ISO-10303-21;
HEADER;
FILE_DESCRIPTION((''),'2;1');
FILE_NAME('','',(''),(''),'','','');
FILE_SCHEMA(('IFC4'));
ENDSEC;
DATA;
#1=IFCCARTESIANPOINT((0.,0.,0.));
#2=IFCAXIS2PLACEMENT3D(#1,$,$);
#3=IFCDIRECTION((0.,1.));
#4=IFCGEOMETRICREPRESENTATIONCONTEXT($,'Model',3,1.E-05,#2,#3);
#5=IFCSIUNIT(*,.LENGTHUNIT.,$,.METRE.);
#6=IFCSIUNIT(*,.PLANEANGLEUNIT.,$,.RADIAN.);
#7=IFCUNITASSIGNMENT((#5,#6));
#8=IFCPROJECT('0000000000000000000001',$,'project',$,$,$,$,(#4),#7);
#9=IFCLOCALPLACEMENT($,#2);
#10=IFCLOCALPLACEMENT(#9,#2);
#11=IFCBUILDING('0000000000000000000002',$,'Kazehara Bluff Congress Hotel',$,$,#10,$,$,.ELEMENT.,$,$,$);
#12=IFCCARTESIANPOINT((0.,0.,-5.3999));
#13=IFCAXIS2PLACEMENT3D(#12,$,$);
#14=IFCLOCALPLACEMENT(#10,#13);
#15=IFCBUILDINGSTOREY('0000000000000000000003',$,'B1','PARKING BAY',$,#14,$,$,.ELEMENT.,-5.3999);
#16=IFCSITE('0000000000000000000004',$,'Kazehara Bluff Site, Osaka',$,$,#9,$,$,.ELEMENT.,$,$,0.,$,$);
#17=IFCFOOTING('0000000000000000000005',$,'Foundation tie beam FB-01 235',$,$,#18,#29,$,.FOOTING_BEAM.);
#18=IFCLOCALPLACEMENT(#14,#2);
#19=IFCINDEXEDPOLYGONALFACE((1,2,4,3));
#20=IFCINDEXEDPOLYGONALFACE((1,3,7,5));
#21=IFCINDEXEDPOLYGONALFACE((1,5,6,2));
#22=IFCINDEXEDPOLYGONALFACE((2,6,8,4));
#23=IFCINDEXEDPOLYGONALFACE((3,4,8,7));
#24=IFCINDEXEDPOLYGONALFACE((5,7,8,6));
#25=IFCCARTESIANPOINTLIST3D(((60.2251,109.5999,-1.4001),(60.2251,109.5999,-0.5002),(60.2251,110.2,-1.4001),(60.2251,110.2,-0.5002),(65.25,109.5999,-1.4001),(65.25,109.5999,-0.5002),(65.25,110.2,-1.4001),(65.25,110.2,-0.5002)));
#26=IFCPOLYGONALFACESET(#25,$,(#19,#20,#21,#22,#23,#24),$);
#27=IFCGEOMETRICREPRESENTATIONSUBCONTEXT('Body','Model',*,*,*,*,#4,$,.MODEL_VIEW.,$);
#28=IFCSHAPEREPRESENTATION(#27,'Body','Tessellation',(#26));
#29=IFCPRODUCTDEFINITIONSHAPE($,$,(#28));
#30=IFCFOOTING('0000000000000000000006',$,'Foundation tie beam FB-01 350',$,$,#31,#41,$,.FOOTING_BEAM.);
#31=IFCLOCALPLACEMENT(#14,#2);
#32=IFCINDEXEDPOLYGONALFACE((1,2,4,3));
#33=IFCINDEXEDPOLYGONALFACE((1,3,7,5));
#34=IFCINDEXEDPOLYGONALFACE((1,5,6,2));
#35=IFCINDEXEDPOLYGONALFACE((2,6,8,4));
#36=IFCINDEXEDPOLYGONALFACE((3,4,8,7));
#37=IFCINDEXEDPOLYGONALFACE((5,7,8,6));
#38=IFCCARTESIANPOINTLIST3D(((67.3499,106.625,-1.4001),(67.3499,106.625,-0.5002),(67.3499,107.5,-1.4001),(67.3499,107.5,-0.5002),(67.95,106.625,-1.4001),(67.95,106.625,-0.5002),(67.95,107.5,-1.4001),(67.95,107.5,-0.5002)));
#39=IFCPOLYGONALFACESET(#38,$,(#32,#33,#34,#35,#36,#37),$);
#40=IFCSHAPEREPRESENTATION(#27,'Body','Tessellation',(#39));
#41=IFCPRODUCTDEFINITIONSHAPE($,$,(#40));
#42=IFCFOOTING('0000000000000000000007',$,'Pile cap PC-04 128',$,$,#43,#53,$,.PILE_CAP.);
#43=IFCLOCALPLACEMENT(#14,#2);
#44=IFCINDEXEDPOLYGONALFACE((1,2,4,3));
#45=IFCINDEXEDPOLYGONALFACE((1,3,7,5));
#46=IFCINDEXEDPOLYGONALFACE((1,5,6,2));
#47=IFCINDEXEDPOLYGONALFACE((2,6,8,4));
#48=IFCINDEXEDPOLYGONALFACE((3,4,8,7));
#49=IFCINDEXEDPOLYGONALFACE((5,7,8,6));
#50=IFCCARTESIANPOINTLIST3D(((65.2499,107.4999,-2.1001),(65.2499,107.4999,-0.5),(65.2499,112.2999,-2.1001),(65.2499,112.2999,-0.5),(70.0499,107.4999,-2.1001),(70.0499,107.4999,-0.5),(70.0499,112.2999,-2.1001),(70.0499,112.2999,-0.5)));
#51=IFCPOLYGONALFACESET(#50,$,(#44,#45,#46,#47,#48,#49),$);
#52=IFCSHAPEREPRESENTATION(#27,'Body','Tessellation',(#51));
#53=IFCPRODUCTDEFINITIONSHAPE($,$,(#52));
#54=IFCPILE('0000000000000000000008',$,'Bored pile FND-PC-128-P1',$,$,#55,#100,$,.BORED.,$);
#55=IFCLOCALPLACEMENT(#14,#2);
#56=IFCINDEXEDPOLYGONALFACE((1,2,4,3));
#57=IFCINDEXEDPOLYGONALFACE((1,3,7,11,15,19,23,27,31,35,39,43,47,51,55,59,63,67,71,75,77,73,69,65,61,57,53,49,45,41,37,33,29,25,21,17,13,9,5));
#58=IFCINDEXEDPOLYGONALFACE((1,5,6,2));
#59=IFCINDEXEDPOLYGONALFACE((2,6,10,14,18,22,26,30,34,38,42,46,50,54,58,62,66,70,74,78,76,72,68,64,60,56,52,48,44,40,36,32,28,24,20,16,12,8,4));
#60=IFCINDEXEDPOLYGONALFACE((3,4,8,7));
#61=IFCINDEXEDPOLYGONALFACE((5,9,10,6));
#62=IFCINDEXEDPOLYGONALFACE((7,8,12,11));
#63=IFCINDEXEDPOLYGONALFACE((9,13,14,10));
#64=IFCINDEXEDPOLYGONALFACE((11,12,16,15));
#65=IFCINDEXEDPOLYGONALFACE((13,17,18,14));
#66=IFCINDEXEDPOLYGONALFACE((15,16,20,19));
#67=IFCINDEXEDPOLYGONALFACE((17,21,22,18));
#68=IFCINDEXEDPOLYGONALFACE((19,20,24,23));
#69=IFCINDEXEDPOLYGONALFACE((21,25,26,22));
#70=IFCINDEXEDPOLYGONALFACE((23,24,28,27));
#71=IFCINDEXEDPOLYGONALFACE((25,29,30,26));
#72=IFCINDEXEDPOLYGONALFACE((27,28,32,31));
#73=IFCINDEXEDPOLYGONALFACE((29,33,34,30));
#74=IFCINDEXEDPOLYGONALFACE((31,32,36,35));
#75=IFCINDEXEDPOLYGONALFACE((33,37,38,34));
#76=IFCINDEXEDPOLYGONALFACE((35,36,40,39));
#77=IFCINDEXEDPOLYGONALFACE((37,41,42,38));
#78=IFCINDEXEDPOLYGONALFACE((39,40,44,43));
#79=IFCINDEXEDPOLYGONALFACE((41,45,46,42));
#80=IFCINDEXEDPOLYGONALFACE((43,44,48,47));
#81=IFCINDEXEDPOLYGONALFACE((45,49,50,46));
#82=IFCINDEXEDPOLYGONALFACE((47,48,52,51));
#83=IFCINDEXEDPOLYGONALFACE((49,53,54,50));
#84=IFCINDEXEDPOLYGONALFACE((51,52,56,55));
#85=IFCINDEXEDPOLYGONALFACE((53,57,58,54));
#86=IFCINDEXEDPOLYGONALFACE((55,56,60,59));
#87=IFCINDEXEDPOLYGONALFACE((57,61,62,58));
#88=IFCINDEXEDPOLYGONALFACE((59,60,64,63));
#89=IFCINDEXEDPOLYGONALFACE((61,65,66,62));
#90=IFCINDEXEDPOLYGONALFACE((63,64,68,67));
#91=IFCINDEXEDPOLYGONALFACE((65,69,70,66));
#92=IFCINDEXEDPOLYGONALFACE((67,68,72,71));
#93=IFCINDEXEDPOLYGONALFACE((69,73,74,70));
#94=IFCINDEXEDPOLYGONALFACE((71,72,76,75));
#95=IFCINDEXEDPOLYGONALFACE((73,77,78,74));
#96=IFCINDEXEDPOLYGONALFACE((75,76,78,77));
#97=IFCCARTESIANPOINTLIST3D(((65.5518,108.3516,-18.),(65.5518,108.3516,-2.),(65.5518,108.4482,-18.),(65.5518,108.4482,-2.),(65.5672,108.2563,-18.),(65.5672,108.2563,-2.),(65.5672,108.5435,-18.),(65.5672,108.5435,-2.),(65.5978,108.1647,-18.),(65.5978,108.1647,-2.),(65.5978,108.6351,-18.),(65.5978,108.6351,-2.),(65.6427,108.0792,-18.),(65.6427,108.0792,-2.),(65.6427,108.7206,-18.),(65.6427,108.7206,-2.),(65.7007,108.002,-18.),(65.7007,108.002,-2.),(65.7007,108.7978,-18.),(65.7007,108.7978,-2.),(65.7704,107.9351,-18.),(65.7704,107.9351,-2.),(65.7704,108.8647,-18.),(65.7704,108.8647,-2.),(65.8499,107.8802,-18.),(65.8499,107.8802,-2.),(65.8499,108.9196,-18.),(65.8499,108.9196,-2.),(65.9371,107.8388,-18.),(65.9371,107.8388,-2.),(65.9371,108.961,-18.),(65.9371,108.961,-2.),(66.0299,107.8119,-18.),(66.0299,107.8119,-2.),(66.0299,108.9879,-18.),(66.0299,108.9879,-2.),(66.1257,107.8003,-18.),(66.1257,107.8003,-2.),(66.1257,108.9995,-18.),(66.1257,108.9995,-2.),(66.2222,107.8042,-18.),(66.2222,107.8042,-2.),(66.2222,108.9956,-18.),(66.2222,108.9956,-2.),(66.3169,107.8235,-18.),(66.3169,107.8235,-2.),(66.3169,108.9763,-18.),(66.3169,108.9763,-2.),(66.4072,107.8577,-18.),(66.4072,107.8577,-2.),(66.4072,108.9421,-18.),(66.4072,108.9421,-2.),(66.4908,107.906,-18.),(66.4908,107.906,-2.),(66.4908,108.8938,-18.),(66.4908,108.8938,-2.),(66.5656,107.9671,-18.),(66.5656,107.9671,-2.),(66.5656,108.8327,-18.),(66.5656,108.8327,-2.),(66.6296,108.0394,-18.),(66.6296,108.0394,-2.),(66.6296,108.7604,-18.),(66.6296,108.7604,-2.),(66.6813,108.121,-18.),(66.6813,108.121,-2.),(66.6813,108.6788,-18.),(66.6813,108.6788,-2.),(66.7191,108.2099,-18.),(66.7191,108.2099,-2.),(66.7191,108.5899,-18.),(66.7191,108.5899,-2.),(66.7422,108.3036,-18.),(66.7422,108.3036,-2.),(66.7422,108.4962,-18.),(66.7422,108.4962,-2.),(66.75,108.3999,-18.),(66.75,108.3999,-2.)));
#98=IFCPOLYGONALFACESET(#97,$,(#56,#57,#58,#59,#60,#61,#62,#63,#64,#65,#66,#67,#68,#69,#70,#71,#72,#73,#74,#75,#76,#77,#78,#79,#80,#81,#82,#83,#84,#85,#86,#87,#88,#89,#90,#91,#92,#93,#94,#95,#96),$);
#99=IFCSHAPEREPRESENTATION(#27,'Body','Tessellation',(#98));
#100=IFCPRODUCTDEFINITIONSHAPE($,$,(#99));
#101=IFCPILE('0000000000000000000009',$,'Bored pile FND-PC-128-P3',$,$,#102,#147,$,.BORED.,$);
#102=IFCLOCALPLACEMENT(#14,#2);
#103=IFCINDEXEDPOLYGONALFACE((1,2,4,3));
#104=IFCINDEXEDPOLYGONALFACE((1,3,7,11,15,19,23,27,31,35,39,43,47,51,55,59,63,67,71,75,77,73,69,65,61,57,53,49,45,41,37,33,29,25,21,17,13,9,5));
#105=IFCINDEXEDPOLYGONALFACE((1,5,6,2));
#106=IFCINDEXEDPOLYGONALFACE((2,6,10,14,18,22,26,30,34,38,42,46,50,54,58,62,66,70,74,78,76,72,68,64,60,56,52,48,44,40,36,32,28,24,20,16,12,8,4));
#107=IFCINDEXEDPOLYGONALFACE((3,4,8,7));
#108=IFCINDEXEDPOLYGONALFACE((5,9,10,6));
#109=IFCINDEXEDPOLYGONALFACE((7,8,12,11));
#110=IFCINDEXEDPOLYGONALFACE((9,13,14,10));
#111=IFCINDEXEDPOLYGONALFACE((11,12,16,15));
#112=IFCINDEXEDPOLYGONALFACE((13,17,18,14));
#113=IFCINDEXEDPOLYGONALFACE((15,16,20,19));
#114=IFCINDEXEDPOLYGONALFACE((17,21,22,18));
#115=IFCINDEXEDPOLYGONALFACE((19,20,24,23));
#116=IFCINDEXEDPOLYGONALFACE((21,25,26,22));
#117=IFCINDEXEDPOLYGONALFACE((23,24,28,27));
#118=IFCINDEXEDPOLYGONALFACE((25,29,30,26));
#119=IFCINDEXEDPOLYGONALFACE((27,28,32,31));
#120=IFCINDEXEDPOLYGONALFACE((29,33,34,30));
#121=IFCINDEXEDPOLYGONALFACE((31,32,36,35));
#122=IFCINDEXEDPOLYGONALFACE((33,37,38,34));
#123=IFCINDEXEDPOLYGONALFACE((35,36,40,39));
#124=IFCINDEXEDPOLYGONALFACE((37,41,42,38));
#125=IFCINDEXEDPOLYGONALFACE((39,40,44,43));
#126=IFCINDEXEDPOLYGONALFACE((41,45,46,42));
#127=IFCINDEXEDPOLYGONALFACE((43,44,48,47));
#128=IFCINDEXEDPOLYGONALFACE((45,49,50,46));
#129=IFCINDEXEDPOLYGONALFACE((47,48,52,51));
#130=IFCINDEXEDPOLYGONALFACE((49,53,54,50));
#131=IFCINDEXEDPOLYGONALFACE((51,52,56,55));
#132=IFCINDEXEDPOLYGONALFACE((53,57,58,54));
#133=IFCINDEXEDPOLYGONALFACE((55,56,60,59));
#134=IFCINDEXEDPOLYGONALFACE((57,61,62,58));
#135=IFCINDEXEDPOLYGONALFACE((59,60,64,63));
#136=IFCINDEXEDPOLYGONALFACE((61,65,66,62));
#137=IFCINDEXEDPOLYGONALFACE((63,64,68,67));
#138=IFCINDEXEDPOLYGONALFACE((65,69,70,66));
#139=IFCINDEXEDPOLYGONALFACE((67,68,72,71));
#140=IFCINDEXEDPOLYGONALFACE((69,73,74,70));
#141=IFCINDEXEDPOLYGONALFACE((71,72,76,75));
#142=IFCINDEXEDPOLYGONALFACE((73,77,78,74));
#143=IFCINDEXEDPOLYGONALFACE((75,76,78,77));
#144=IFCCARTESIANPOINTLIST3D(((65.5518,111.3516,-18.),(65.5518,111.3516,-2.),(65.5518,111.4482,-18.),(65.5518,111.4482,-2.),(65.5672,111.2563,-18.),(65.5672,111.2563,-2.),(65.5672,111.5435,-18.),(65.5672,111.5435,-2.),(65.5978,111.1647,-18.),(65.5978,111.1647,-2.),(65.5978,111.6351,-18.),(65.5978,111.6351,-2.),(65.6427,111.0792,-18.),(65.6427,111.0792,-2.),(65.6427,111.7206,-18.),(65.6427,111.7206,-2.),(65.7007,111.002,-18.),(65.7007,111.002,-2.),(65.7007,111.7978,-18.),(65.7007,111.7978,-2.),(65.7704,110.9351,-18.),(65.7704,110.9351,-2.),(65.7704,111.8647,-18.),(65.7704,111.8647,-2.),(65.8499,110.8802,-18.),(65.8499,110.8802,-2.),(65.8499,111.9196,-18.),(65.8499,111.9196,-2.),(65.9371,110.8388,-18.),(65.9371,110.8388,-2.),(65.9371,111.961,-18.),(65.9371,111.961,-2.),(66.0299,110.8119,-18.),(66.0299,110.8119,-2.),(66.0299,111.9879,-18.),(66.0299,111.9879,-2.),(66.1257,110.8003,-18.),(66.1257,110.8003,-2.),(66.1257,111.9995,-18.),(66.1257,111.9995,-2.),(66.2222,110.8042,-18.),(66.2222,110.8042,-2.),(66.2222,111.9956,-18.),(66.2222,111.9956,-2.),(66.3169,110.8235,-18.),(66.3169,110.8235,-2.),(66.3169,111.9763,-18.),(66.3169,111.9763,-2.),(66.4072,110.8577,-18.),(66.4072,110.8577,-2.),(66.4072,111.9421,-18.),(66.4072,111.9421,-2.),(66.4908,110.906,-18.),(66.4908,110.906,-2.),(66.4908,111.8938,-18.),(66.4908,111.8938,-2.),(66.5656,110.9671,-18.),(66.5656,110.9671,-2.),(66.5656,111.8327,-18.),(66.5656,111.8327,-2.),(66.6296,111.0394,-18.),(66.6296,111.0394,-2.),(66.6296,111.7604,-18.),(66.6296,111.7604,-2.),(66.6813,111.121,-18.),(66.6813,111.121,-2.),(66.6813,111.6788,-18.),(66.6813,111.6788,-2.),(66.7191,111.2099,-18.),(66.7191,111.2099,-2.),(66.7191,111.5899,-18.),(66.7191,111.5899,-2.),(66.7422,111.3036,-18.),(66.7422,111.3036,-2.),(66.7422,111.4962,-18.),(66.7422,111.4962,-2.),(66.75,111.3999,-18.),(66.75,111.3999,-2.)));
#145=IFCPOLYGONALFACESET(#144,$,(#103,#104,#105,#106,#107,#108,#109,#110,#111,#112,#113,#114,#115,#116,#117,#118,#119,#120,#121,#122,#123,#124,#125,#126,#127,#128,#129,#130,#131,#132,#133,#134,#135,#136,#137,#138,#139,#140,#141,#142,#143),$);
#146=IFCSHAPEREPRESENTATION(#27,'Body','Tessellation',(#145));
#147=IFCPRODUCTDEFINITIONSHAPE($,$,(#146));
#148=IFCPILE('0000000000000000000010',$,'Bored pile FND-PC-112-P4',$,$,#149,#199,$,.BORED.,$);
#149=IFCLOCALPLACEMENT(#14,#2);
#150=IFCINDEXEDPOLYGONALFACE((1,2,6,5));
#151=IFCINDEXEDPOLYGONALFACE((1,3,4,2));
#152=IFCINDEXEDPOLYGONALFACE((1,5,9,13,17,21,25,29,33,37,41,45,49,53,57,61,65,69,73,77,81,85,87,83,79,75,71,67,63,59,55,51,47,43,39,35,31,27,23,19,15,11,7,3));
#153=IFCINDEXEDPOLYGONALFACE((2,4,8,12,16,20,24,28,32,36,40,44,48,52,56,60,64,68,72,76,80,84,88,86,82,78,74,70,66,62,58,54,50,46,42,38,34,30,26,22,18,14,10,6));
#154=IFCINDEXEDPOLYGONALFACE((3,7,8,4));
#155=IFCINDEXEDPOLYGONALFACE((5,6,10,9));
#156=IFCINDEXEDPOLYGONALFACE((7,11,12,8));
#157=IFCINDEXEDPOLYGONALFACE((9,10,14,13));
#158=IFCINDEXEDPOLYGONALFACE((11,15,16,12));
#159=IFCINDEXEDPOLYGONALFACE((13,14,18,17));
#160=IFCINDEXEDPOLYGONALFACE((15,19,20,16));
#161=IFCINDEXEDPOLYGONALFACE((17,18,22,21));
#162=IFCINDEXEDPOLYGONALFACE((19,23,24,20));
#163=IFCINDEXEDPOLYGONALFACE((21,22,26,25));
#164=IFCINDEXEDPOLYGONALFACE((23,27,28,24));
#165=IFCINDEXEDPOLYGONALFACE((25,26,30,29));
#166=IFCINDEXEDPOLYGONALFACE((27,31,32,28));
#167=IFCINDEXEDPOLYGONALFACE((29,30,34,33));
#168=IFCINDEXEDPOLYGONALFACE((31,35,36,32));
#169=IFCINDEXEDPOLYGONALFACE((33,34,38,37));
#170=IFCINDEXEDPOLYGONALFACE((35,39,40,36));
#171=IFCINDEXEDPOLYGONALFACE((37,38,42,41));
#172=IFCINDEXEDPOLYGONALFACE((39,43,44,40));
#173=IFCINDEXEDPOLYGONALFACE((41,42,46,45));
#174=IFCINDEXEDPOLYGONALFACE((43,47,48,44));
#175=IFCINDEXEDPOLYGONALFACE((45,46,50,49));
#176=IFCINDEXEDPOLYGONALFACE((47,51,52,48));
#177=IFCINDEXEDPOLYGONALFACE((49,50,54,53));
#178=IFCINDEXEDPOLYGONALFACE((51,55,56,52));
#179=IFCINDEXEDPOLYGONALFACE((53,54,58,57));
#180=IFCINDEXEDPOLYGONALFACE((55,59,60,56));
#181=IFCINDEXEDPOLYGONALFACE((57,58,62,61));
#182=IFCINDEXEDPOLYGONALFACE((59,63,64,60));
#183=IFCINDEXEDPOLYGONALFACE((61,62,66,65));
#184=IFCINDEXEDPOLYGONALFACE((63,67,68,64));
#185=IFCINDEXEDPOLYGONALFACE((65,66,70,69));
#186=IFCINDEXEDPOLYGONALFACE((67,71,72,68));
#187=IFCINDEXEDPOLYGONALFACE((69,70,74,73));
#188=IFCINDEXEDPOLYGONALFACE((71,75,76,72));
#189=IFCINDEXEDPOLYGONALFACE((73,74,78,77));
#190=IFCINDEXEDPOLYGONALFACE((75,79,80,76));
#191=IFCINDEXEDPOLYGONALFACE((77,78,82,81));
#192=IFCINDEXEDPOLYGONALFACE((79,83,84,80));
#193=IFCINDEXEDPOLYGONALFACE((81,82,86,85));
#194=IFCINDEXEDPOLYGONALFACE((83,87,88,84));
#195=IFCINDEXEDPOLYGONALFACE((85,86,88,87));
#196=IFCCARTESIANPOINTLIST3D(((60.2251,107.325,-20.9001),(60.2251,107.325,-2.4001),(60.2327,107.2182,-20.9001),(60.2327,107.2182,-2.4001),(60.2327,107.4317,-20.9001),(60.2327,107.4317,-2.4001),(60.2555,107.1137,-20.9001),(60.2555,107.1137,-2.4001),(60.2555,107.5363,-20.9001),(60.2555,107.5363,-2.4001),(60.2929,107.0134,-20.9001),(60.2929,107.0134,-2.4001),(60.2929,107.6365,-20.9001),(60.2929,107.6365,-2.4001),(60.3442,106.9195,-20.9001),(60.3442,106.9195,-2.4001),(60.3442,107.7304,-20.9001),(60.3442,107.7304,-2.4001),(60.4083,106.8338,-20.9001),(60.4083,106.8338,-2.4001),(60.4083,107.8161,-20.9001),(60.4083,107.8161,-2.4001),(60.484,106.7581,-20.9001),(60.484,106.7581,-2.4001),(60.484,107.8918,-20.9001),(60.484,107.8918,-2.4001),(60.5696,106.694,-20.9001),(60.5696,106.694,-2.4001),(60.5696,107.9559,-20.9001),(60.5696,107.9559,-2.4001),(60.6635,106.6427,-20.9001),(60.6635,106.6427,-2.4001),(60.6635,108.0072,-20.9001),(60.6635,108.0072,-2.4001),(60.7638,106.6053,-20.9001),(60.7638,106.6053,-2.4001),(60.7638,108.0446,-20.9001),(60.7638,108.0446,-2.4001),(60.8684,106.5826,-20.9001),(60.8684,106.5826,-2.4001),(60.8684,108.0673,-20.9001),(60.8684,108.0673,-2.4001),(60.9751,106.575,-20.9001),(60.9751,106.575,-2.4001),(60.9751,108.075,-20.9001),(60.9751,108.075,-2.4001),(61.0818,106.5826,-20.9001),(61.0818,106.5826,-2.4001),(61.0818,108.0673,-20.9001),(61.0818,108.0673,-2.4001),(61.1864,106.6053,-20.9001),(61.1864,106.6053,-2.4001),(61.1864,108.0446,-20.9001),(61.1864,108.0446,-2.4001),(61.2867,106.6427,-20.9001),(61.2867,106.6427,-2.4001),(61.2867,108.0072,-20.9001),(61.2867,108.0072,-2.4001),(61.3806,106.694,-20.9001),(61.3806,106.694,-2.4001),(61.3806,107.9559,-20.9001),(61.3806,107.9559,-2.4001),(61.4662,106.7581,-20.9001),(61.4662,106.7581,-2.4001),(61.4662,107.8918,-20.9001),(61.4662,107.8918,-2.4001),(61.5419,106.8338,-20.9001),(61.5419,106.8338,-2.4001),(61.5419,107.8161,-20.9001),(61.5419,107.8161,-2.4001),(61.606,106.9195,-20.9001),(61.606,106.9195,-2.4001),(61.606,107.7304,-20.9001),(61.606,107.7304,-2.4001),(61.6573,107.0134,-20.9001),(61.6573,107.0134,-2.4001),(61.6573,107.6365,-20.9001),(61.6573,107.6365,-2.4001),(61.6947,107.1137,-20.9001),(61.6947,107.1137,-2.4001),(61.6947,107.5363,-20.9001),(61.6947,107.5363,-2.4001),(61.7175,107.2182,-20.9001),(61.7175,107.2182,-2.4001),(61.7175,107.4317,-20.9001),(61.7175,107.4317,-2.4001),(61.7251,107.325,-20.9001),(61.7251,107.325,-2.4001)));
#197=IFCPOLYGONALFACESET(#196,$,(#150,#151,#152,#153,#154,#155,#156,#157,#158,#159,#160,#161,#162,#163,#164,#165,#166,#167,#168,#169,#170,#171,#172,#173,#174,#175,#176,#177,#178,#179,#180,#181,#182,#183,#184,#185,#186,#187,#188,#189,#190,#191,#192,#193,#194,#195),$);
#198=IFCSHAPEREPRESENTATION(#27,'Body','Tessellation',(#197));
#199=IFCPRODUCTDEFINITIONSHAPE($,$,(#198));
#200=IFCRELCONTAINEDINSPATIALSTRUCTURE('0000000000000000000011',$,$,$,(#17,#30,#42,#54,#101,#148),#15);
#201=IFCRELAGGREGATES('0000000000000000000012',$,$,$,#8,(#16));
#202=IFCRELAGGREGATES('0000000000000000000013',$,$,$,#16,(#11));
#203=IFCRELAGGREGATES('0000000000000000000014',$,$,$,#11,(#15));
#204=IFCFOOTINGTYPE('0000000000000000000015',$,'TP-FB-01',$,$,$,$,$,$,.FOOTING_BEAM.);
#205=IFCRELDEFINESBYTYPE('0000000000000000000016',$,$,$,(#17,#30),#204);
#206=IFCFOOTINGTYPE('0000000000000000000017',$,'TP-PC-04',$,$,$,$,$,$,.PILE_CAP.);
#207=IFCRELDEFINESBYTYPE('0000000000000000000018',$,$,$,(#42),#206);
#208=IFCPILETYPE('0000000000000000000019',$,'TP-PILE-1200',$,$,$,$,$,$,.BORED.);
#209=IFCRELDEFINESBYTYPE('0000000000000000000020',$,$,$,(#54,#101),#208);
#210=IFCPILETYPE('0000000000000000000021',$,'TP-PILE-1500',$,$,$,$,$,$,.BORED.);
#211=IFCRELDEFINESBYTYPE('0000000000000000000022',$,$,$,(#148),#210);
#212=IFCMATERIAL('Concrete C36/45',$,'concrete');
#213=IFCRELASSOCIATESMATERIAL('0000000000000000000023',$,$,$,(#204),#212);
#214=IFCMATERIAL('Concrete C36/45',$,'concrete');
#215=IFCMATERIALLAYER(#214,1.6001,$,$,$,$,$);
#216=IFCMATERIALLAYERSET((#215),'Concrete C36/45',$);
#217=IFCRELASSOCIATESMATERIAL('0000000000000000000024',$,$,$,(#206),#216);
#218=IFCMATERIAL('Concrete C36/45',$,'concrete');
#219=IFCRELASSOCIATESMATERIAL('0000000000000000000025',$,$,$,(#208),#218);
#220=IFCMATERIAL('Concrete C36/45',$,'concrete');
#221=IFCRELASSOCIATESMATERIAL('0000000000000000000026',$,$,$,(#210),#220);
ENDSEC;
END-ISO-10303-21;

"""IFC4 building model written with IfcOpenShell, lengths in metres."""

from ifc_helpers import new_model, si_unit, direction, frame, origin, origin_2d, place, context, subcontext, project, spatial, rectangle, circle, extrude, material, layer, layer_set, material_profile, profile_set, type_object, element, save


model = new_model("IFC4")

# Units and contexts
model_context = context("Model", 3, precision=1e-05, world=origin(), true_north=direction((0.0, 1.0)))
body_context = subcontext(model_context, "Body", "Model", "MODEL_VIEW")
ifc_project = project(units=[si_unit("LENGTHUNIT", "METRE"), si_unit("PLANEANGLEUNIT", "RADIAN")], contexts=[model_context])

# Site, building, storey
site_placement = place(None, origin())
site = spatial("IfcSite", under=ifc_project, at=site_placement, Name="Kazehara Bluff Site, Osaka", CompositionType="ELEMENT", RefElevation=0.0)
building_placement = place(site_placement, origin())
building = spatial("IfcBuilding", under=site, at=building_placement, Name="Kazehara Bluff Congress Hotel", CompositionType="ELEMENT")
storey_placement = place(building_placement, frame((0.0, 0.0, -5.3999)))
storey = spatial("IfcBuildingStorey", under=building, at=storey_placement, Name="B1", Description="PARKING BAY", CompositionType="ELEMENT", Elevation=-5.3999)

# Footings
ifc_material_1 = material(Name="Concrete C36/45", Category="concrete")
ifc_material_profile_1 = material_profile(ifc_material_1, rectangle(XDim=0.6001, YDim=0.8999, at=origin_2d()))
ifc_profile_set_1 = profile_set([ifc_material_profile_1], Name="Concrete C36/45")
footing_type_1 = type_object("IfcFootingType", Name="TP-FB-01", PredefinedType="FOOTING_BEAM", material=ifc_profile_set_1)
footing_1_placement = place(storey_placement, frame((60.2251, 109.8999, -0.9502), z_axis=(1.0, 0.0, 0.0), x_axis=(0.0, 1.0, 0.0)))
element("IfcFooting", 1, at=footing_1_placement, inside=storey, type_object=footing_type_1, Name="Foundation tie beam FB-01 235", PredefinedType="FOOTING_BEAM", context=body_context, shape_type="SweptSolid", body=[
    extrude(rectangle(XDim=0.6001, YDim=0.8999, at=origin_2d()), origin(), (0.0, 0.0, 1.0), 5.0249),
])
footing_2_placement = place(storey_placement, frame((67.6499, 106.625, -0.9502), z_axis=(0.0, 1.0, 0.0), x_axis=(-1.0, 0.0, 0.0)))
element("IfcFooting", 2, at=footing_2_placement, inside=storey, type_object=footing_type_1, Name="Foundation tie beam FB-01 350", PredefinedType="FOOTING_BEAM", context=body_context, shape_type="SweptSolid", body=[
    extrude(rectangle(XDim=0.6001, YDim=0.8999, at=origin_2d()), origin(), (0.0, 0.0, 1.0), 0.875),
])
ifc_material_2 = material(Name="Concrete C36/45", Category="concrete")
ifc_layer_1 = layer(ifc_material_2, 1.6001)
ifc_layer_set_1 = layer_set([ifc_layer_1], Name="Concrete C36/45")
footing_type_2 = type_object("IfcFootingType", Name="TP-PC-04", PredefinedType="PILE_CAP", material=ifc_layer_set_1)
footing_3_placement = place(storey_placement, frame((67.6499, 109.8999, -2.1001), z_axis=(0.0, 0.0, 1.0), x_axis=(1.0, 0.0, 0.0)))
element("IfcFooting", 3, at=footing_3_placement, inside=storey, type_object=footing_type_2, Name="Pile cap PC-04 128", PredefinedType="PILE_CAP", context=body_context, shape_type="SweptSolid", body=[
    extrude(rectangle(XDim=4.8, YDim=4.8, at=origin_2d()), origin(), (0.0, 0.0, 1.0), 1.6001),
])

# Piles
ifc_material_3 = material(Name="Concrete C36/45", Category="concrete")
ifc_material_profile_2 = material_profile(ifc_material_3, circle(Radius=0.6001, at=origin_2d()))
ifc_profile_set_2 = profile_set([ifc_material_profile_2], Name="Concrete C36/45")
pile_type_1 = type_object("IfcPileType", Name="TP-PILE-1200", PredefinedType="BORED", material=ifc_profile_set_2)
for number, where, z_axis, x_axis, name in (
    (4, (66.1499, 108.3999, -2.0), (0.0, 0.0, -1.0), (1.0, 0.0, 0.0), "Bored pile FND-PC-128-P1"),
    (5, (66.1499, 111.3999, -2.0), (0.0, 0.0, -1.0), (1.0, 0.0, 0.0), "Bored pile FND-PC-128-P3"),
):
    element("IfcPile", number, at=place(storey_placement, frame(where, z_axis=z_axis, x_axis=x_axis)), inside=storey, type_object=pile_type_1, Name=name, PredefinedType="BORED", context=body_context, shape_type="SweptSolid", body=[
        extrude(circle(Radius=0.6001, at=origin_2d()), origin(), (0.0, 0.0, 1.0), 16.0),
    ])
ifc_material_4 = material(Name="Concrete C36/45", Category="concrete")
ifc_material_profile_3 = material_profile(ifc_material_4, circle(Radius=0.75, at=origin_2d()))
ifc_profile_set_3 = profile_set([ifc_material_profile_3], Name="Concrete C36/45")
pile_type_2 = type_object("IfcPileType", Name="TP-PILE-1500", PredefinedType="BORED", material=ifc_profile_set_3)
pile_placement = place(storey_placement, frame((60.9751, 107.325, -2.4001), z_axis=(0.0, 0.0, -1.0), x_axis=(1.0, 0.0, 0.0)))
element("IfcPile", 6, at=pile_placement, inside=storey, type_object=pile_type_2, Name="Bored pile FND-PC-112-P4", PredefinedType="BORED", context=body_context, shape_type="SweptSolid", body=[
    extrude(circle(Radius=0.75, at=origin_2d()), origin(), (0.0, 0.0, 1.0), 18.5),
])

save(model, "model.ifc")
